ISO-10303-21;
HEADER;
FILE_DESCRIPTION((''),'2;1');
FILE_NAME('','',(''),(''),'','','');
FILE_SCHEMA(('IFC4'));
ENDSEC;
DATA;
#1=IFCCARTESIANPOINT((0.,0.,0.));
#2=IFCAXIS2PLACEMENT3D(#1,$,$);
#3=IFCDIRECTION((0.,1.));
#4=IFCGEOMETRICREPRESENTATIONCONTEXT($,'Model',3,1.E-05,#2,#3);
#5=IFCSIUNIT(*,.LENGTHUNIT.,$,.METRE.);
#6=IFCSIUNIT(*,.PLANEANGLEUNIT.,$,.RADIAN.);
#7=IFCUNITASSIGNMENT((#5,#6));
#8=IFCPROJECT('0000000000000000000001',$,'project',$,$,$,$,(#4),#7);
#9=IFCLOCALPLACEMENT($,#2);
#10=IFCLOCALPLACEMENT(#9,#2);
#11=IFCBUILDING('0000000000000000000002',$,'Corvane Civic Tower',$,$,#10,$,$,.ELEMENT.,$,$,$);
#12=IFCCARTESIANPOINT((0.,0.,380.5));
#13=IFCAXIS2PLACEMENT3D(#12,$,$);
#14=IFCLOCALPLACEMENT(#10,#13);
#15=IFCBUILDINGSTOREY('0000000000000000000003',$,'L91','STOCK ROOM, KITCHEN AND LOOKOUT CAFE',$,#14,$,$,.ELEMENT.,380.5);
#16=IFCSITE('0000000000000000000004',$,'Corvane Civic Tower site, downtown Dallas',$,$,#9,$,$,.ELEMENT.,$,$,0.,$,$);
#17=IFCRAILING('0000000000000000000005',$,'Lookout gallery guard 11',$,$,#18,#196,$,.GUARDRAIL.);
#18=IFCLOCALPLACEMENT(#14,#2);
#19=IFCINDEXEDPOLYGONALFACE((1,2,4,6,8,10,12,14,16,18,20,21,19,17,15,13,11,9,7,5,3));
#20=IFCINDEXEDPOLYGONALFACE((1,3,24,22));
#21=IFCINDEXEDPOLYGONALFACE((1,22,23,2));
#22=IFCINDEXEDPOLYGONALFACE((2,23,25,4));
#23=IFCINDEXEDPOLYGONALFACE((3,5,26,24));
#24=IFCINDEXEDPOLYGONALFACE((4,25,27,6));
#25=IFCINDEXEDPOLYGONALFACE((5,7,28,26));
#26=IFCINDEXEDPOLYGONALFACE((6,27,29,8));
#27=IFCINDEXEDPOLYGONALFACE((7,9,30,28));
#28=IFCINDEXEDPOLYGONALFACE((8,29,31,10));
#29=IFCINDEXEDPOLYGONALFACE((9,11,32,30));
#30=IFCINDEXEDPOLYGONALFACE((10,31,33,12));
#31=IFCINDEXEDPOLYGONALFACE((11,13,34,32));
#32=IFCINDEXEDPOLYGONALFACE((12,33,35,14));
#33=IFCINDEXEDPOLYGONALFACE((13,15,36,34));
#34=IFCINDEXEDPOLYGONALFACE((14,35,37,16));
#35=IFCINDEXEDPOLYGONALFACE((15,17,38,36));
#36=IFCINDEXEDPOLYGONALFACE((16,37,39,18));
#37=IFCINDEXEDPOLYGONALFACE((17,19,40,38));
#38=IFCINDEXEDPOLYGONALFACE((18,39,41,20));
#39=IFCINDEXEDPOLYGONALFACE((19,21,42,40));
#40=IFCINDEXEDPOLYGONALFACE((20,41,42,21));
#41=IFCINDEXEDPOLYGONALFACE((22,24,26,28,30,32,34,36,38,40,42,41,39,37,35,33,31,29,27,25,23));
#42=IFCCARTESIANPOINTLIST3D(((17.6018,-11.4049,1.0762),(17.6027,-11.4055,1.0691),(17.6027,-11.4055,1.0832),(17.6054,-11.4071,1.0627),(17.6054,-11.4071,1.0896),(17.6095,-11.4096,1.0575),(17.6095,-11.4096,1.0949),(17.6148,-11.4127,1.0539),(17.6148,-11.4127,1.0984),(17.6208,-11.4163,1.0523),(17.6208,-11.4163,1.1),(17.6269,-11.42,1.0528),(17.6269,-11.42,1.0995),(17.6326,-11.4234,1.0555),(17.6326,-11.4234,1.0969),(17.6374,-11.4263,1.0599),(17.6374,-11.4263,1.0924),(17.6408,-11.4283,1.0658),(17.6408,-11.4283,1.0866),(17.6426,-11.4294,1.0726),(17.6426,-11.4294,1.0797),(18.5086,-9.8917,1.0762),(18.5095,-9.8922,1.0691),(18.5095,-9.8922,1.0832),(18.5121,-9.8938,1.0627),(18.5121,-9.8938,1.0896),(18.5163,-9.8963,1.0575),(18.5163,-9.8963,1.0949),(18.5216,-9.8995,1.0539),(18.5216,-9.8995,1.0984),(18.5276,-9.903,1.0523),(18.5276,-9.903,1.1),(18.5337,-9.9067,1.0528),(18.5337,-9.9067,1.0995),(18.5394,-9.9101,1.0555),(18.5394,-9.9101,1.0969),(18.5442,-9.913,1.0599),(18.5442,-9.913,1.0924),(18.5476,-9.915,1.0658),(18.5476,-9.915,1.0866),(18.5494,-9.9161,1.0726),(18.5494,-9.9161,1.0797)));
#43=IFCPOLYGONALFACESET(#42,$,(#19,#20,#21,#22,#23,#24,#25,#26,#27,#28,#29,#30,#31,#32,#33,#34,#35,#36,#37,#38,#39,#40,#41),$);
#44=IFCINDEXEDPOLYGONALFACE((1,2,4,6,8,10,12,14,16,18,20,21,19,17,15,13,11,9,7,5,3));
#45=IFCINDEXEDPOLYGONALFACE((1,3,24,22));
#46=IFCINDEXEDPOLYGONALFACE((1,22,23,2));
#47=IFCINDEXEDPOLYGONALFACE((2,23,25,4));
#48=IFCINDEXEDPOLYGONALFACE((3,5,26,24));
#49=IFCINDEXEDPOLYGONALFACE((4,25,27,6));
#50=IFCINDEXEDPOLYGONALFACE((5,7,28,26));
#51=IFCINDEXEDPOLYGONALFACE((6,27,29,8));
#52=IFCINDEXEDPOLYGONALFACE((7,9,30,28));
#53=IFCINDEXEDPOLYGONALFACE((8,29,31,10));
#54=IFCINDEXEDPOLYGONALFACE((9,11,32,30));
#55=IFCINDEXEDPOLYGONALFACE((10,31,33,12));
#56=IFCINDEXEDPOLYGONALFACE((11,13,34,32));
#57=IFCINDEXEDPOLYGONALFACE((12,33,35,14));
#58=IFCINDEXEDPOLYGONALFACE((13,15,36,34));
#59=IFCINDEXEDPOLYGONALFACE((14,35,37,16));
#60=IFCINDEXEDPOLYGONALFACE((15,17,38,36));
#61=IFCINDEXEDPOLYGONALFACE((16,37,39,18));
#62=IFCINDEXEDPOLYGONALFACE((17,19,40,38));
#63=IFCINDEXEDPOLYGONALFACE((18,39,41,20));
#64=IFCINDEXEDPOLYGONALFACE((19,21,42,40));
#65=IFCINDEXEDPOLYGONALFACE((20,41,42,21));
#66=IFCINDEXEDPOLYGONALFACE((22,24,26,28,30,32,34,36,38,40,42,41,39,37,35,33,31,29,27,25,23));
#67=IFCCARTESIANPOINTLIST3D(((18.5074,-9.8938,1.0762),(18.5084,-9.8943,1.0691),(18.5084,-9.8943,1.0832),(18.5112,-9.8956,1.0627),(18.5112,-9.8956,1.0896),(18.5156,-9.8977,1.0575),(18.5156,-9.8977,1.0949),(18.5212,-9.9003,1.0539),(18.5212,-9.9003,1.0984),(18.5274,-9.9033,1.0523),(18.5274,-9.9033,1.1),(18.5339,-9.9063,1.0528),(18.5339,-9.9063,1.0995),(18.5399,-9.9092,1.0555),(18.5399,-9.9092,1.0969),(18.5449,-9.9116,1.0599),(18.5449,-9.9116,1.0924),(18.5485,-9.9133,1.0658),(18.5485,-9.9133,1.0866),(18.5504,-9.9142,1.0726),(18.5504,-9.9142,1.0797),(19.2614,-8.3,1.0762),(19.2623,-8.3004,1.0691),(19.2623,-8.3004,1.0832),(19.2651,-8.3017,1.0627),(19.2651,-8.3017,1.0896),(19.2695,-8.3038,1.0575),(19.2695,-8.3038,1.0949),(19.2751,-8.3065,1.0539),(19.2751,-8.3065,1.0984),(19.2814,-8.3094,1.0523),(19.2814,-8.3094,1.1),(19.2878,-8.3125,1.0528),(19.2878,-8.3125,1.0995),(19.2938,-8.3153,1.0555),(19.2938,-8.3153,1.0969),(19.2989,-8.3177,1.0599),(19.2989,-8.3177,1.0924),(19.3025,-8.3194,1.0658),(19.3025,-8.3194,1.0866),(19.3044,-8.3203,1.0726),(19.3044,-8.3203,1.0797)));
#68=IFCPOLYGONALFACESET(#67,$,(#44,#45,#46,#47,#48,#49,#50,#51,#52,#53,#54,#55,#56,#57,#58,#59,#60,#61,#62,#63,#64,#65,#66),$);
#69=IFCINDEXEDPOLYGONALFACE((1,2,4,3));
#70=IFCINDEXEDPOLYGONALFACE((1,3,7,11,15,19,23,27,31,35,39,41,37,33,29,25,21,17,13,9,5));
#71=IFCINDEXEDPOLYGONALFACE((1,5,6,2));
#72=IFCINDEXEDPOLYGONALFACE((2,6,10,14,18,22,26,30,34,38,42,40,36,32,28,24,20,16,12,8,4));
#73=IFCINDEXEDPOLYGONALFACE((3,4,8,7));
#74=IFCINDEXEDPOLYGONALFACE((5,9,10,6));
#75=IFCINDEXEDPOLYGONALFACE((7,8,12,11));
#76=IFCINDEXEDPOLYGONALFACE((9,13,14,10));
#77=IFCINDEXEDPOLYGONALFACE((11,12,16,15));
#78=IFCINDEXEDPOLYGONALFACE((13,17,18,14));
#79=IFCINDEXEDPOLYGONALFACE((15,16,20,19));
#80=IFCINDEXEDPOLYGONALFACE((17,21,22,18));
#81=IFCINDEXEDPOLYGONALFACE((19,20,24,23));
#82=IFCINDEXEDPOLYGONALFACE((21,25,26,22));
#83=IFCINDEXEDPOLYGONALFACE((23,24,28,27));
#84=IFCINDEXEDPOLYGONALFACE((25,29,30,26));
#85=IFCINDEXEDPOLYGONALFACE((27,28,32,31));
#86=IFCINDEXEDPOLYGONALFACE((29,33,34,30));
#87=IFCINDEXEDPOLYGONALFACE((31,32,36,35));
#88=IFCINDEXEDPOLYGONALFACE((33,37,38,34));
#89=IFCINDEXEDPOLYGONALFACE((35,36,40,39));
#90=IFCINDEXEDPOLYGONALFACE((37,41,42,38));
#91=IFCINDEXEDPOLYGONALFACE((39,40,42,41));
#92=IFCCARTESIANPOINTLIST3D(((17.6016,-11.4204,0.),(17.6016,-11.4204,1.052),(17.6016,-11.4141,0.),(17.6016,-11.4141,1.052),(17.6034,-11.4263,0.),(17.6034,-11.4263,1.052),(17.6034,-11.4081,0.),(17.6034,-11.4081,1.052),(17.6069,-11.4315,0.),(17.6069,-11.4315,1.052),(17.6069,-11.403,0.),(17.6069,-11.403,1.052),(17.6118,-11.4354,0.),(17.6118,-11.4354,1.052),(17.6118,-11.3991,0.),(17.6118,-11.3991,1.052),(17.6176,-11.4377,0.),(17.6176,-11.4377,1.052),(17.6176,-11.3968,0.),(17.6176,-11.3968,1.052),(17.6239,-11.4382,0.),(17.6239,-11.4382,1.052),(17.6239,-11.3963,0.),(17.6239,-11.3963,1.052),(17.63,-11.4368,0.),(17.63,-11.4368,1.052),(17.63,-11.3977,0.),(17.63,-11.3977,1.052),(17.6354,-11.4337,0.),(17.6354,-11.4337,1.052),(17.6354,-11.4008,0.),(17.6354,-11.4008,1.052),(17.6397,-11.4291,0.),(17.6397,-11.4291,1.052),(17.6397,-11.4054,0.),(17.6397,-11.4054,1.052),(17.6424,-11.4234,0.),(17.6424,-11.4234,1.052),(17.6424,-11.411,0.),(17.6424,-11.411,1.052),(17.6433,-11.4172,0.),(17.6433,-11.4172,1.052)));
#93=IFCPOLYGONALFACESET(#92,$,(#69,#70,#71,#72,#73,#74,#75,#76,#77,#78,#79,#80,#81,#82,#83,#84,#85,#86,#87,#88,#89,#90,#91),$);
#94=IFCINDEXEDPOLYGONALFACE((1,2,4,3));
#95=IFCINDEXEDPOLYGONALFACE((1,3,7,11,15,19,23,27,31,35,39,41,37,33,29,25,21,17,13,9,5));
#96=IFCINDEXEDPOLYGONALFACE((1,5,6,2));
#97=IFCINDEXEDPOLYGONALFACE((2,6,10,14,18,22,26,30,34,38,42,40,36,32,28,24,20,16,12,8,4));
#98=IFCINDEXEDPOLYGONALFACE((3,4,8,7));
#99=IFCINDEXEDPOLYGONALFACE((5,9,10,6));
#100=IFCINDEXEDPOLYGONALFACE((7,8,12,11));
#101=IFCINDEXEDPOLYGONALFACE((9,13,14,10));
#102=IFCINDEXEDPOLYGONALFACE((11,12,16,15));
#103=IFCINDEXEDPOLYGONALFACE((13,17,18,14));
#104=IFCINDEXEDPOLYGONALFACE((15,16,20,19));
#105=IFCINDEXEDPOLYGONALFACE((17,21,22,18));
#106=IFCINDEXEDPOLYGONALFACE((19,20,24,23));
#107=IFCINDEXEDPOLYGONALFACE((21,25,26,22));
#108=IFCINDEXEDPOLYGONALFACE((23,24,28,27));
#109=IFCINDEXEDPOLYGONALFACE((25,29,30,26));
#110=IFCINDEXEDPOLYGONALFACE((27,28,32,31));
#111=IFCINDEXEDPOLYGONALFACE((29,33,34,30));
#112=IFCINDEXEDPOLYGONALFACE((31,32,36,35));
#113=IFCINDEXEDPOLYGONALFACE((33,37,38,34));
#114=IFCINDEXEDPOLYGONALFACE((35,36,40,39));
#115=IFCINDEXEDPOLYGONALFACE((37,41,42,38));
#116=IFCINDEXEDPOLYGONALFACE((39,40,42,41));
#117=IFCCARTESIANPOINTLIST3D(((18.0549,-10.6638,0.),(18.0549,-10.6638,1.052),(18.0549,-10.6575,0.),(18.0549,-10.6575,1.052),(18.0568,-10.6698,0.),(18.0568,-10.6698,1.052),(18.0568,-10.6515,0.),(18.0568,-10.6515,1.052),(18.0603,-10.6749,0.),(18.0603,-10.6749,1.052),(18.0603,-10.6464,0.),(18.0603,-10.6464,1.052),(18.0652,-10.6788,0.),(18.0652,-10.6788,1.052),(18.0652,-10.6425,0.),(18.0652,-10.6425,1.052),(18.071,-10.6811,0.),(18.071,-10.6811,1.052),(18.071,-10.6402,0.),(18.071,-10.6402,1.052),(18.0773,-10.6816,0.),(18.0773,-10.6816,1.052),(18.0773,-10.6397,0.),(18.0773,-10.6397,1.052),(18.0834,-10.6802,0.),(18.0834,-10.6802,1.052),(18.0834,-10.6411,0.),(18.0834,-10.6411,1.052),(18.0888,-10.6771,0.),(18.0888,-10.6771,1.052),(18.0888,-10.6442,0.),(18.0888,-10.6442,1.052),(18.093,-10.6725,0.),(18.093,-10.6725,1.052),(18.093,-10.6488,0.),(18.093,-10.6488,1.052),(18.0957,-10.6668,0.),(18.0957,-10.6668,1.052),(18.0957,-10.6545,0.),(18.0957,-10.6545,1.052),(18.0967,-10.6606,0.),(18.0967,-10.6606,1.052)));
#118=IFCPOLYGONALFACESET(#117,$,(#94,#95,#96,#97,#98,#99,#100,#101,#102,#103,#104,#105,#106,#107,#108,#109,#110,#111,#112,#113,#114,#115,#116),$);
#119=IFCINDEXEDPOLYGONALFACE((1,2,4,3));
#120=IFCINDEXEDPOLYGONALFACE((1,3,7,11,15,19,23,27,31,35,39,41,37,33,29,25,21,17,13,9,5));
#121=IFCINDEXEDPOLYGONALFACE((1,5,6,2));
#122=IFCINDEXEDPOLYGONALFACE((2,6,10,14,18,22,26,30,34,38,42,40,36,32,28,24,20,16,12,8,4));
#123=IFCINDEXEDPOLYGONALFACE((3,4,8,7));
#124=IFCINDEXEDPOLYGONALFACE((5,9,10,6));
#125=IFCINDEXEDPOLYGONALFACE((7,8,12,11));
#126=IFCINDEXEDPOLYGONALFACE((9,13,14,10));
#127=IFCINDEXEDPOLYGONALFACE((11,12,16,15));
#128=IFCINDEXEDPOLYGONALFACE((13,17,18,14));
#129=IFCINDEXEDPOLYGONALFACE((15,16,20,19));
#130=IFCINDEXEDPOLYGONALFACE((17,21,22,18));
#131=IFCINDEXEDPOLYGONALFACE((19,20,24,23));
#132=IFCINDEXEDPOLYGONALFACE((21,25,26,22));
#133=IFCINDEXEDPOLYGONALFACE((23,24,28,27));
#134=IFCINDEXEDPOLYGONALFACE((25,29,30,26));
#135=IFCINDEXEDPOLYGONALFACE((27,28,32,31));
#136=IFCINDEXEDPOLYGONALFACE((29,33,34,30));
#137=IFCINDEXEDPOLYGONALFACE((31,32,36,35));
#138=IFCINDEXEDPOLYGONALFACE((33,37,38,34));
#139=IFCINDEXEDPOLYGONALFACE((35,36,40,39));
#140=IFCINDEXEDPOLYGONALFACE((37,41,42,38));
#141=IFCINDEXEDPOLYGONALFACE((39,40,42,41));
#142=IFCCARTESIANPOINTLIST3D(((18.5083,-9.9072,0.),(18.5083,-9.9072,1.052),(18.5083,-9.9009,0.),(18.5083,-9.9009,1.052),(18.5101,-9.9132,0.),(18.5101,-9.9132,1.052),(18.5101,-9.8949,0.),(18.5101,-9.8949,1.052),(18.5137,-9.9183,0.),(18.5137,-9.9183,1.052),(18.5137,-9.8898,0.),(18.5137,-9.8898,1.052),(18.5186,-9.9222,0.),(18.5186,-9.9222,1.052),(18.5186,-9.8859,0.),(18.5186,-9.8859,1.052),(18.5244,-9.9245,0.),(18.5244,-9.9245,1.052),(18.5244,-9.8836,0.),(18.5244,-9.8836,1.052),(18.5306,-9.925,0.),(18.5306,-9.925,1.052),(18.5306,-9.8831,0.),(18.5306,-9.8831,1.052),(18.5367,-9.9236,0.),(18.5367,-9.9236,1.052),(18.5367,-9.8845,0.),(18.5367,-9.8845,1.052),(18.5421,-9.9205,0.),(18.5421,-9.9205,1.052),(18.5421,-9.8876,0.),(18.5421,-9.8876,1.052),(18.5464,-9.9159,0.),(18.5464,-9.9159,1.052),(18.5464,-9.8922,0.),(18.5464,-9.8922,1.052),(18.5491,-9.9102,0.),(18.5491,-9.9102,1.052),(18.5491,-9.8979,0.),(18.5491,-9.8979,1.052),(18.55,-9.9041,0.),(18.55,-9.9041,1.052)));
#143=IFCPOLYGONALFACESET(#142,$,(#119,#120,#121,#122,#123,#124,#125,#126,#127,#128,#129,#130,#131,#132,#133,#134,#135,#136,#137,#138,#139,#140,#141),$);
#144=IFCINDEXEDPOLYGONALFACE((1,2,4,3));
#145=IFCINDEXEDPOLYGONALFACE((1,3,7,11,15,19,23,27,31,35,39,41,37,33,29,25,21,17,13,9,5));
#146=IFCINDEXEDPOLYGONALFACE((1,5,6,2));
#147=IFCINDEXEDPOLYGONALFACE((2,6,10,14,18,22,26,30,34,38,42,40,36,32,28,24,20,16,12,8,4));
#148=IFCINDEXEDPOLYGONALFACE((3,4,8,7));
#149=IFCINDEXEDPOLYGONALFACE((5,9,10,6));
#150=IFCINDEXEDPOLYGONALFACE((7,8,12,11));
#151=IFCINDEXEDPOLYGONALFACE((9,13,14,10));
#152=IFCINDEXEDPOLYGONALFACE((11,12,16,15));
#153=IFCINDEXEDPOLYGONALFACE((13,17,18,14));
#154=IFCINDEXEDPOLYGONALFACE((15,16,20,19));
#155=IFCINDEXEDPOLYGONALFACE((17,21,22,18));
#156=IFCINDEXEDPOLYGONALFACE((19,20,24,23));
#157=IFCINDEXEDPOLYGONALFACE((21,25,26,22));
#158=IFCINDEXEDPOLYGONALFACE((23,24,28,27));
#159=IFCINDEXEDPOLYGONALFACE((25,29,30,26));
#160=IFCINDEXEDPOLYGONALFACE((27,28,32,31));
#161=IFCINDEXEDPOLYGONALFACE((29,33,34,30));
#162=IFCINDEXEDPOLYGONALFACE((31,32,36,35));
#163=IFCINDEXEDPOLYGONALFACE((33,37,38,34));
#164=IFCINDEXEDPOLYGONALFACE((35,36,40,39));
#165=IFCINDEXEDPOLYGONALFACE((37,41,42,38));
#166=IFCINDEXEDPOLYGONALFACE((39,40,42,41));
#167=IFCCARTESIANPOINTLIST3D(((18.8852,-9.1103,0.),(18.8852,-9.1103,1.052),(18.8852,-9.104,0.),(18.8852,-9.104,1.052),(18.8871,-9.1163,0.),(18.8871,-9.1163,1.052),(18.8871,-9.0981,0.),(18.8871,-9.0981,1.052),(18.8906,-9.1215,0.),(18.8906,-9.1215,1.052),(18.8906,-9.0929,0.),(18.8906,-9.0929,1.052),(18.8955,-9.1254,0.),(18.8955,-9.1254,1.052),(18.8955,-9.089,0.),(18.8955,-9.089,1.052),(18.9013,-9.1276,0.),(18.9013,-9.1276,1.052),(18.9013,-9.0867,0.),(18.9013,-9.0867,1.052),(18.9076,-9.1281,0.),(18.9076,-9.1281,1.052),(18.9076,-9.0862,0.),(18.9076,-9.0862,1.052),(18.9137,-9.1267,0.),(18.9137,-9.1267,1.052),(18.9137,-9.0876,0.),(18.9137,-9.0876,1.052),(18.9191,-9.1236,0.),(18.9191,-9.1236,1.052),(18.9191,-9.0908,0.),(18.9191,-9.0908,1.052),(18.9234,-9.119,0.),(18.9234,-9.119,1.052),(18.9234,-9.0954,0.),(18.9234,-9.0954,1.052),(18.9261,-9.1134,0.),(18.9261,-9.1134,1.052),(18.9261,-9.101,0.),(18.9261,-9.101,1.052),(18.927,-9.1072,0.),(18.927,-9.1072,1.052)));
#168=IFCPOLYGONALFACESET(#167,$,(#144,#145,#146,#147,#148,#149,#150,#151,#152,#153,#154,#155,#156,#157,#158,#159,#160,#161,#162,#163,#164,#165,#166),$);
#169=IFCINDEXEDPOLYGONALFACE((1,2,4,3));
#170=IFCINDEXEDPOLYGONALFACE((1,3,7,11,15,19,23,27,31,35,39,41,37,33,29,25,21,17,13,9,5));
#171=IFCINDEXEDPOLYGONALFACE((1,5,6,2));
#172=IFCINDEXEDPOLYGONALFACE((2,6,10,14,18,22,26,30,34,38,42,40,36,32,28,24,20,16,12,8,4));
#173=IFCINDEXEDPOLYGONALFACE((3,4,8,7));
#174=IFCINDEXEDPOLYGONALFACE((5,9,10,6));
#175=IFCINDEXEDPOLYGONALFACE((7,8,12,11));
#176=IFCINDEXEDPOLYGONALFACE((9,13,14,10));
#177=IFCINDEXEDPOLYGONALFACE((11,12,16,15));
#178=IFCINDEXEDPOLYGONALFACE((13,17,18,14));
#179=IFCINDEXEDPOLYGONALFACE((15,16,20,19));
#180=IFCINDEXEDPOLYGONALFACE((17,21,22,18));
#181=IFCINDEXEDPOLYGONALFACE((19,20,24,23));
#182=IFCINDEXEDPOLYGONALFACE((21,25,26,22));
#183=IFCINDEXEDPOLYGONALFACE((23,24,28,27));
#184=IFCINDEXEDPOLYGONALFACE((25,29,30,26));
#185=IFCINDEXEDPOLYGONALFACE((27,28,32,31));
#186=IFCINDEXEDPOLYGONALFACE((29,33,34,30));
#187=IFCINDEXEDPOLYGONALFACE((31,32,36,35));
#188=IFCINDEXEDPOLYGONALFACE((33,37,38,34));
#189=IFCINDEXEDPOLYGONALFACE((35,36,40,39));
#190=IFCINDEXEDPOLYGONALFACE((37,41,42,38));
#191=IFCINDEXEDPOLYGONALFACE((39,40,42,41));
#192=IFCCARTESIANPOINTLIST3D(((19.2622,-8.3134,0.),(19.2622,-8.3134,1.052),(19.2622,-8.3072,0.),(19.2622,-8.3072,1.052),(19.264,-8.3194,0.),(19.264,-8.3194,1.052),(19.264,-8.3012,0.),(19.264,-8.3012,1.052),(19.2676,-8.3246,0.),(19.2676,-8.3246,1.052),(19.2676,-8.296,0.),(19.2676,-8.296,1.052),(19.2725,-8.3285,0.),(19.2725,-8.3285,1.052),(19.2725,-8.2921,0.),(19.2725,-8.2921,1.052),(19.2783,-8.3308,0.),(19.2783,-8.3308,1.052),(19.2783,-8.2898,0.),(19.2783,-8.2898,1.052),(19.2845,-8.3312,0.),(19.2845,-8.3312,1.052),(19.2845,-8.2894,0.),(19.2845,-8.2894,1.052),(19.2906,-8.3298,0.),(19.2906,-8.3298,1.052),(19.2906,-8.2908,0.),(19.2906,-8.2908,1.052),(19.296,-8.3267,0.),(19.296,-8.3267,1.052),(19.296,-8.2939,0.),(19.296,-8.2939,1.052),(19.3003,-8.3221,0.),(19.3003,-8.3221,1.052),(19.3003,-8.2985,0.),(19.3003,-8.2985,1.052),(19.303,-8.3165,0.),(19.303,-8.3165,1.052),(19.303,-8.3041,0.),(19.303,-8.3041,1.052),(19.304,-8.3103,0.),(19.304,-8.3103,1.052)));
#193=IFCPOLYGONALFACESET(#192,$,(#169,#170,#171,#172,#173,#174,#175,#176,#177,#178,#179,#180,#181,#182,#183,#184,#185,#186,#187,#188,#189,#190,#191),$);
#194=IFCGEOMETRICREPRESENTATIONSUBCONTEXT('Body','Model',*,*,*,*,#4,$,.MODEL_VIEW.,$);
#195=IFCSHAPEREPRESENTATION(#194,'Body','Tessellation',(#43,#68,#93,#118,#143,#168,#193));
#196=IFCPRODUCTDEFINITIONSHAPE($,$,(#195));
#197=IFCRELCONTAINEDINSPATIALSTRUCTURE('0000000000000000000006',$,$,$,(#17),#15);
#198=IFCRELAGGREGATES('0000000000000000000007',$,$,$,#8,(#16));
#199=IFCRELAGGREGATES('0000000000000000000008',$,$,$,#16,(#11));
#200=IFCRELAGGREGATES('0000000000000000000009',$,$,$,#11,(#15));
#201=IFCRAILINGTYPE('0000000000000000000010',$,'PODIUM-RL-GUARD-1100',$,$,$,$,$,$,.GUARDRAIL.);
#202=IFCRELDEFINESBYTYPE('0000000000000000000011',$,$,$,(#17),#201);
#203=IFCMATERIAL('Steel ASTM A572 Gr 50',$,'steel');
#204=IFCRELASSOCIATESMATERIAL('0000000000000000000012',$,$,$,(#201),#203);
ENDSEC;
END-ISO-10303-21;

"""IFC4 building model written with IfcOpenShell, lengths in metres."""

from ifc_helpers import new_model, si_unit, direction, frame, origin, origin_2d, place, context, subcontext, project, spatial, circle, extrude, material, type_object, element, save


model = new_model("IFC4")

# Units and contexts
model_context = context("Model", 3, precision=1e-05, world=origin(), true_north=direction((0.0, 1.0)))
body_context = subcontext(model_context, "Body", "Model", "MODEL_VIEW")
ifc_project = project(units=[si_unit("LENGTHUNIT", "METRE"), si_unit("PLANEANGLEUNIT", "RADIAN")], contexts=[model_context])

# Site, building, storey
site_placement = place(None, origin())
site = spatial("IfcSite", under=ifc_project, at=site_placement, Name="Corvane Civic Tower site, downtown Dallas", CompositionType="ELEMENT", RefElevation=0.0)
building_placement = place(site_placement, origin())
building = spatial("IfcBuilding", under=site, at=building_placement, Name="Corvane Civic Tower", CompositionType="ELEMENT")
storey_placement = place(building_placement, frame((0.0, 0.0, 380.5)))
storey = spatial("IfcBuildingStorey", under=building, at=storey_placement, Name="L91", Description="STOCK ROOM, KITCHEN AND LOOKOUT CAFE", CompositionType="ELEMENT", Elevation=380.5)

# Railing
ifc_material_1 = material(Name="Steel ASTM A572 Gr 50", Category="steel")
railing_type = type_object("IfcRailingType", Name="PODIUM-RL-GUARD-1100", PredefinedType="GUARDRAIL", material=ifc_material_1)
railing_1_placement = place(storey_placement, frame((17.6223, -11.4172, 0.0)))
element("IfcRailing", 1, at=railing_1_placement, inside=storey, type_object=railing_type, Name="Lookout gallery guard 11", PredefinedType="GUARDRAIL", context=body_context, shape_type="SweptSolid", body=[
    extrude(circle(Radius=0.0239, at=origin_2d()), frame((0.0, 0.0, 1.0762), z_axis=(0.514007, 0.857786, 0.0), x_axis=(-0.857786, 0.514007, 0.0)), (0.0, 0.0, 1.0), 1.7642),
    extrude(circle(Radius=0.0239, at=origin_2d()), frame((0.9067, 1.5132, 1.0762), z_axis=(0.42761, 0.903963, 0.0), x_axis=(-0.903963, 0.42761, 0.0)), (0.0, 0.0, 1.0), 1.7632),
    extrude(circle(Radius=0.021, at=origin_2d()), origin(), (0.0, 0.0, 1.0), 1.052),
    extrude(circle(Radius=0.021, at=origin_2d()), frame((0.4534, 0.7566, 0.0)), (0.0, 0.0, 1.0), 1.052),
    extrude(circle(Radius=0.021, at=origin_2d()), frame((0.9067, 1.5132, 0.0)), (0.0, 0.0, 1.0), 1.052),
    extrude(circle(Radius=0.021, at=origin_2d()), frame((1.2837, 2.3101, 0.0)), (0.0, 0.0, 1.0), 1.052),
    extrude(circle(Radius=0.021, at=origin_2d()), frame((1.6606, 3.1069, 0.0)), (0.0, 0.0, 1.0), 1.052),
])

save(model, "model.ifc")
